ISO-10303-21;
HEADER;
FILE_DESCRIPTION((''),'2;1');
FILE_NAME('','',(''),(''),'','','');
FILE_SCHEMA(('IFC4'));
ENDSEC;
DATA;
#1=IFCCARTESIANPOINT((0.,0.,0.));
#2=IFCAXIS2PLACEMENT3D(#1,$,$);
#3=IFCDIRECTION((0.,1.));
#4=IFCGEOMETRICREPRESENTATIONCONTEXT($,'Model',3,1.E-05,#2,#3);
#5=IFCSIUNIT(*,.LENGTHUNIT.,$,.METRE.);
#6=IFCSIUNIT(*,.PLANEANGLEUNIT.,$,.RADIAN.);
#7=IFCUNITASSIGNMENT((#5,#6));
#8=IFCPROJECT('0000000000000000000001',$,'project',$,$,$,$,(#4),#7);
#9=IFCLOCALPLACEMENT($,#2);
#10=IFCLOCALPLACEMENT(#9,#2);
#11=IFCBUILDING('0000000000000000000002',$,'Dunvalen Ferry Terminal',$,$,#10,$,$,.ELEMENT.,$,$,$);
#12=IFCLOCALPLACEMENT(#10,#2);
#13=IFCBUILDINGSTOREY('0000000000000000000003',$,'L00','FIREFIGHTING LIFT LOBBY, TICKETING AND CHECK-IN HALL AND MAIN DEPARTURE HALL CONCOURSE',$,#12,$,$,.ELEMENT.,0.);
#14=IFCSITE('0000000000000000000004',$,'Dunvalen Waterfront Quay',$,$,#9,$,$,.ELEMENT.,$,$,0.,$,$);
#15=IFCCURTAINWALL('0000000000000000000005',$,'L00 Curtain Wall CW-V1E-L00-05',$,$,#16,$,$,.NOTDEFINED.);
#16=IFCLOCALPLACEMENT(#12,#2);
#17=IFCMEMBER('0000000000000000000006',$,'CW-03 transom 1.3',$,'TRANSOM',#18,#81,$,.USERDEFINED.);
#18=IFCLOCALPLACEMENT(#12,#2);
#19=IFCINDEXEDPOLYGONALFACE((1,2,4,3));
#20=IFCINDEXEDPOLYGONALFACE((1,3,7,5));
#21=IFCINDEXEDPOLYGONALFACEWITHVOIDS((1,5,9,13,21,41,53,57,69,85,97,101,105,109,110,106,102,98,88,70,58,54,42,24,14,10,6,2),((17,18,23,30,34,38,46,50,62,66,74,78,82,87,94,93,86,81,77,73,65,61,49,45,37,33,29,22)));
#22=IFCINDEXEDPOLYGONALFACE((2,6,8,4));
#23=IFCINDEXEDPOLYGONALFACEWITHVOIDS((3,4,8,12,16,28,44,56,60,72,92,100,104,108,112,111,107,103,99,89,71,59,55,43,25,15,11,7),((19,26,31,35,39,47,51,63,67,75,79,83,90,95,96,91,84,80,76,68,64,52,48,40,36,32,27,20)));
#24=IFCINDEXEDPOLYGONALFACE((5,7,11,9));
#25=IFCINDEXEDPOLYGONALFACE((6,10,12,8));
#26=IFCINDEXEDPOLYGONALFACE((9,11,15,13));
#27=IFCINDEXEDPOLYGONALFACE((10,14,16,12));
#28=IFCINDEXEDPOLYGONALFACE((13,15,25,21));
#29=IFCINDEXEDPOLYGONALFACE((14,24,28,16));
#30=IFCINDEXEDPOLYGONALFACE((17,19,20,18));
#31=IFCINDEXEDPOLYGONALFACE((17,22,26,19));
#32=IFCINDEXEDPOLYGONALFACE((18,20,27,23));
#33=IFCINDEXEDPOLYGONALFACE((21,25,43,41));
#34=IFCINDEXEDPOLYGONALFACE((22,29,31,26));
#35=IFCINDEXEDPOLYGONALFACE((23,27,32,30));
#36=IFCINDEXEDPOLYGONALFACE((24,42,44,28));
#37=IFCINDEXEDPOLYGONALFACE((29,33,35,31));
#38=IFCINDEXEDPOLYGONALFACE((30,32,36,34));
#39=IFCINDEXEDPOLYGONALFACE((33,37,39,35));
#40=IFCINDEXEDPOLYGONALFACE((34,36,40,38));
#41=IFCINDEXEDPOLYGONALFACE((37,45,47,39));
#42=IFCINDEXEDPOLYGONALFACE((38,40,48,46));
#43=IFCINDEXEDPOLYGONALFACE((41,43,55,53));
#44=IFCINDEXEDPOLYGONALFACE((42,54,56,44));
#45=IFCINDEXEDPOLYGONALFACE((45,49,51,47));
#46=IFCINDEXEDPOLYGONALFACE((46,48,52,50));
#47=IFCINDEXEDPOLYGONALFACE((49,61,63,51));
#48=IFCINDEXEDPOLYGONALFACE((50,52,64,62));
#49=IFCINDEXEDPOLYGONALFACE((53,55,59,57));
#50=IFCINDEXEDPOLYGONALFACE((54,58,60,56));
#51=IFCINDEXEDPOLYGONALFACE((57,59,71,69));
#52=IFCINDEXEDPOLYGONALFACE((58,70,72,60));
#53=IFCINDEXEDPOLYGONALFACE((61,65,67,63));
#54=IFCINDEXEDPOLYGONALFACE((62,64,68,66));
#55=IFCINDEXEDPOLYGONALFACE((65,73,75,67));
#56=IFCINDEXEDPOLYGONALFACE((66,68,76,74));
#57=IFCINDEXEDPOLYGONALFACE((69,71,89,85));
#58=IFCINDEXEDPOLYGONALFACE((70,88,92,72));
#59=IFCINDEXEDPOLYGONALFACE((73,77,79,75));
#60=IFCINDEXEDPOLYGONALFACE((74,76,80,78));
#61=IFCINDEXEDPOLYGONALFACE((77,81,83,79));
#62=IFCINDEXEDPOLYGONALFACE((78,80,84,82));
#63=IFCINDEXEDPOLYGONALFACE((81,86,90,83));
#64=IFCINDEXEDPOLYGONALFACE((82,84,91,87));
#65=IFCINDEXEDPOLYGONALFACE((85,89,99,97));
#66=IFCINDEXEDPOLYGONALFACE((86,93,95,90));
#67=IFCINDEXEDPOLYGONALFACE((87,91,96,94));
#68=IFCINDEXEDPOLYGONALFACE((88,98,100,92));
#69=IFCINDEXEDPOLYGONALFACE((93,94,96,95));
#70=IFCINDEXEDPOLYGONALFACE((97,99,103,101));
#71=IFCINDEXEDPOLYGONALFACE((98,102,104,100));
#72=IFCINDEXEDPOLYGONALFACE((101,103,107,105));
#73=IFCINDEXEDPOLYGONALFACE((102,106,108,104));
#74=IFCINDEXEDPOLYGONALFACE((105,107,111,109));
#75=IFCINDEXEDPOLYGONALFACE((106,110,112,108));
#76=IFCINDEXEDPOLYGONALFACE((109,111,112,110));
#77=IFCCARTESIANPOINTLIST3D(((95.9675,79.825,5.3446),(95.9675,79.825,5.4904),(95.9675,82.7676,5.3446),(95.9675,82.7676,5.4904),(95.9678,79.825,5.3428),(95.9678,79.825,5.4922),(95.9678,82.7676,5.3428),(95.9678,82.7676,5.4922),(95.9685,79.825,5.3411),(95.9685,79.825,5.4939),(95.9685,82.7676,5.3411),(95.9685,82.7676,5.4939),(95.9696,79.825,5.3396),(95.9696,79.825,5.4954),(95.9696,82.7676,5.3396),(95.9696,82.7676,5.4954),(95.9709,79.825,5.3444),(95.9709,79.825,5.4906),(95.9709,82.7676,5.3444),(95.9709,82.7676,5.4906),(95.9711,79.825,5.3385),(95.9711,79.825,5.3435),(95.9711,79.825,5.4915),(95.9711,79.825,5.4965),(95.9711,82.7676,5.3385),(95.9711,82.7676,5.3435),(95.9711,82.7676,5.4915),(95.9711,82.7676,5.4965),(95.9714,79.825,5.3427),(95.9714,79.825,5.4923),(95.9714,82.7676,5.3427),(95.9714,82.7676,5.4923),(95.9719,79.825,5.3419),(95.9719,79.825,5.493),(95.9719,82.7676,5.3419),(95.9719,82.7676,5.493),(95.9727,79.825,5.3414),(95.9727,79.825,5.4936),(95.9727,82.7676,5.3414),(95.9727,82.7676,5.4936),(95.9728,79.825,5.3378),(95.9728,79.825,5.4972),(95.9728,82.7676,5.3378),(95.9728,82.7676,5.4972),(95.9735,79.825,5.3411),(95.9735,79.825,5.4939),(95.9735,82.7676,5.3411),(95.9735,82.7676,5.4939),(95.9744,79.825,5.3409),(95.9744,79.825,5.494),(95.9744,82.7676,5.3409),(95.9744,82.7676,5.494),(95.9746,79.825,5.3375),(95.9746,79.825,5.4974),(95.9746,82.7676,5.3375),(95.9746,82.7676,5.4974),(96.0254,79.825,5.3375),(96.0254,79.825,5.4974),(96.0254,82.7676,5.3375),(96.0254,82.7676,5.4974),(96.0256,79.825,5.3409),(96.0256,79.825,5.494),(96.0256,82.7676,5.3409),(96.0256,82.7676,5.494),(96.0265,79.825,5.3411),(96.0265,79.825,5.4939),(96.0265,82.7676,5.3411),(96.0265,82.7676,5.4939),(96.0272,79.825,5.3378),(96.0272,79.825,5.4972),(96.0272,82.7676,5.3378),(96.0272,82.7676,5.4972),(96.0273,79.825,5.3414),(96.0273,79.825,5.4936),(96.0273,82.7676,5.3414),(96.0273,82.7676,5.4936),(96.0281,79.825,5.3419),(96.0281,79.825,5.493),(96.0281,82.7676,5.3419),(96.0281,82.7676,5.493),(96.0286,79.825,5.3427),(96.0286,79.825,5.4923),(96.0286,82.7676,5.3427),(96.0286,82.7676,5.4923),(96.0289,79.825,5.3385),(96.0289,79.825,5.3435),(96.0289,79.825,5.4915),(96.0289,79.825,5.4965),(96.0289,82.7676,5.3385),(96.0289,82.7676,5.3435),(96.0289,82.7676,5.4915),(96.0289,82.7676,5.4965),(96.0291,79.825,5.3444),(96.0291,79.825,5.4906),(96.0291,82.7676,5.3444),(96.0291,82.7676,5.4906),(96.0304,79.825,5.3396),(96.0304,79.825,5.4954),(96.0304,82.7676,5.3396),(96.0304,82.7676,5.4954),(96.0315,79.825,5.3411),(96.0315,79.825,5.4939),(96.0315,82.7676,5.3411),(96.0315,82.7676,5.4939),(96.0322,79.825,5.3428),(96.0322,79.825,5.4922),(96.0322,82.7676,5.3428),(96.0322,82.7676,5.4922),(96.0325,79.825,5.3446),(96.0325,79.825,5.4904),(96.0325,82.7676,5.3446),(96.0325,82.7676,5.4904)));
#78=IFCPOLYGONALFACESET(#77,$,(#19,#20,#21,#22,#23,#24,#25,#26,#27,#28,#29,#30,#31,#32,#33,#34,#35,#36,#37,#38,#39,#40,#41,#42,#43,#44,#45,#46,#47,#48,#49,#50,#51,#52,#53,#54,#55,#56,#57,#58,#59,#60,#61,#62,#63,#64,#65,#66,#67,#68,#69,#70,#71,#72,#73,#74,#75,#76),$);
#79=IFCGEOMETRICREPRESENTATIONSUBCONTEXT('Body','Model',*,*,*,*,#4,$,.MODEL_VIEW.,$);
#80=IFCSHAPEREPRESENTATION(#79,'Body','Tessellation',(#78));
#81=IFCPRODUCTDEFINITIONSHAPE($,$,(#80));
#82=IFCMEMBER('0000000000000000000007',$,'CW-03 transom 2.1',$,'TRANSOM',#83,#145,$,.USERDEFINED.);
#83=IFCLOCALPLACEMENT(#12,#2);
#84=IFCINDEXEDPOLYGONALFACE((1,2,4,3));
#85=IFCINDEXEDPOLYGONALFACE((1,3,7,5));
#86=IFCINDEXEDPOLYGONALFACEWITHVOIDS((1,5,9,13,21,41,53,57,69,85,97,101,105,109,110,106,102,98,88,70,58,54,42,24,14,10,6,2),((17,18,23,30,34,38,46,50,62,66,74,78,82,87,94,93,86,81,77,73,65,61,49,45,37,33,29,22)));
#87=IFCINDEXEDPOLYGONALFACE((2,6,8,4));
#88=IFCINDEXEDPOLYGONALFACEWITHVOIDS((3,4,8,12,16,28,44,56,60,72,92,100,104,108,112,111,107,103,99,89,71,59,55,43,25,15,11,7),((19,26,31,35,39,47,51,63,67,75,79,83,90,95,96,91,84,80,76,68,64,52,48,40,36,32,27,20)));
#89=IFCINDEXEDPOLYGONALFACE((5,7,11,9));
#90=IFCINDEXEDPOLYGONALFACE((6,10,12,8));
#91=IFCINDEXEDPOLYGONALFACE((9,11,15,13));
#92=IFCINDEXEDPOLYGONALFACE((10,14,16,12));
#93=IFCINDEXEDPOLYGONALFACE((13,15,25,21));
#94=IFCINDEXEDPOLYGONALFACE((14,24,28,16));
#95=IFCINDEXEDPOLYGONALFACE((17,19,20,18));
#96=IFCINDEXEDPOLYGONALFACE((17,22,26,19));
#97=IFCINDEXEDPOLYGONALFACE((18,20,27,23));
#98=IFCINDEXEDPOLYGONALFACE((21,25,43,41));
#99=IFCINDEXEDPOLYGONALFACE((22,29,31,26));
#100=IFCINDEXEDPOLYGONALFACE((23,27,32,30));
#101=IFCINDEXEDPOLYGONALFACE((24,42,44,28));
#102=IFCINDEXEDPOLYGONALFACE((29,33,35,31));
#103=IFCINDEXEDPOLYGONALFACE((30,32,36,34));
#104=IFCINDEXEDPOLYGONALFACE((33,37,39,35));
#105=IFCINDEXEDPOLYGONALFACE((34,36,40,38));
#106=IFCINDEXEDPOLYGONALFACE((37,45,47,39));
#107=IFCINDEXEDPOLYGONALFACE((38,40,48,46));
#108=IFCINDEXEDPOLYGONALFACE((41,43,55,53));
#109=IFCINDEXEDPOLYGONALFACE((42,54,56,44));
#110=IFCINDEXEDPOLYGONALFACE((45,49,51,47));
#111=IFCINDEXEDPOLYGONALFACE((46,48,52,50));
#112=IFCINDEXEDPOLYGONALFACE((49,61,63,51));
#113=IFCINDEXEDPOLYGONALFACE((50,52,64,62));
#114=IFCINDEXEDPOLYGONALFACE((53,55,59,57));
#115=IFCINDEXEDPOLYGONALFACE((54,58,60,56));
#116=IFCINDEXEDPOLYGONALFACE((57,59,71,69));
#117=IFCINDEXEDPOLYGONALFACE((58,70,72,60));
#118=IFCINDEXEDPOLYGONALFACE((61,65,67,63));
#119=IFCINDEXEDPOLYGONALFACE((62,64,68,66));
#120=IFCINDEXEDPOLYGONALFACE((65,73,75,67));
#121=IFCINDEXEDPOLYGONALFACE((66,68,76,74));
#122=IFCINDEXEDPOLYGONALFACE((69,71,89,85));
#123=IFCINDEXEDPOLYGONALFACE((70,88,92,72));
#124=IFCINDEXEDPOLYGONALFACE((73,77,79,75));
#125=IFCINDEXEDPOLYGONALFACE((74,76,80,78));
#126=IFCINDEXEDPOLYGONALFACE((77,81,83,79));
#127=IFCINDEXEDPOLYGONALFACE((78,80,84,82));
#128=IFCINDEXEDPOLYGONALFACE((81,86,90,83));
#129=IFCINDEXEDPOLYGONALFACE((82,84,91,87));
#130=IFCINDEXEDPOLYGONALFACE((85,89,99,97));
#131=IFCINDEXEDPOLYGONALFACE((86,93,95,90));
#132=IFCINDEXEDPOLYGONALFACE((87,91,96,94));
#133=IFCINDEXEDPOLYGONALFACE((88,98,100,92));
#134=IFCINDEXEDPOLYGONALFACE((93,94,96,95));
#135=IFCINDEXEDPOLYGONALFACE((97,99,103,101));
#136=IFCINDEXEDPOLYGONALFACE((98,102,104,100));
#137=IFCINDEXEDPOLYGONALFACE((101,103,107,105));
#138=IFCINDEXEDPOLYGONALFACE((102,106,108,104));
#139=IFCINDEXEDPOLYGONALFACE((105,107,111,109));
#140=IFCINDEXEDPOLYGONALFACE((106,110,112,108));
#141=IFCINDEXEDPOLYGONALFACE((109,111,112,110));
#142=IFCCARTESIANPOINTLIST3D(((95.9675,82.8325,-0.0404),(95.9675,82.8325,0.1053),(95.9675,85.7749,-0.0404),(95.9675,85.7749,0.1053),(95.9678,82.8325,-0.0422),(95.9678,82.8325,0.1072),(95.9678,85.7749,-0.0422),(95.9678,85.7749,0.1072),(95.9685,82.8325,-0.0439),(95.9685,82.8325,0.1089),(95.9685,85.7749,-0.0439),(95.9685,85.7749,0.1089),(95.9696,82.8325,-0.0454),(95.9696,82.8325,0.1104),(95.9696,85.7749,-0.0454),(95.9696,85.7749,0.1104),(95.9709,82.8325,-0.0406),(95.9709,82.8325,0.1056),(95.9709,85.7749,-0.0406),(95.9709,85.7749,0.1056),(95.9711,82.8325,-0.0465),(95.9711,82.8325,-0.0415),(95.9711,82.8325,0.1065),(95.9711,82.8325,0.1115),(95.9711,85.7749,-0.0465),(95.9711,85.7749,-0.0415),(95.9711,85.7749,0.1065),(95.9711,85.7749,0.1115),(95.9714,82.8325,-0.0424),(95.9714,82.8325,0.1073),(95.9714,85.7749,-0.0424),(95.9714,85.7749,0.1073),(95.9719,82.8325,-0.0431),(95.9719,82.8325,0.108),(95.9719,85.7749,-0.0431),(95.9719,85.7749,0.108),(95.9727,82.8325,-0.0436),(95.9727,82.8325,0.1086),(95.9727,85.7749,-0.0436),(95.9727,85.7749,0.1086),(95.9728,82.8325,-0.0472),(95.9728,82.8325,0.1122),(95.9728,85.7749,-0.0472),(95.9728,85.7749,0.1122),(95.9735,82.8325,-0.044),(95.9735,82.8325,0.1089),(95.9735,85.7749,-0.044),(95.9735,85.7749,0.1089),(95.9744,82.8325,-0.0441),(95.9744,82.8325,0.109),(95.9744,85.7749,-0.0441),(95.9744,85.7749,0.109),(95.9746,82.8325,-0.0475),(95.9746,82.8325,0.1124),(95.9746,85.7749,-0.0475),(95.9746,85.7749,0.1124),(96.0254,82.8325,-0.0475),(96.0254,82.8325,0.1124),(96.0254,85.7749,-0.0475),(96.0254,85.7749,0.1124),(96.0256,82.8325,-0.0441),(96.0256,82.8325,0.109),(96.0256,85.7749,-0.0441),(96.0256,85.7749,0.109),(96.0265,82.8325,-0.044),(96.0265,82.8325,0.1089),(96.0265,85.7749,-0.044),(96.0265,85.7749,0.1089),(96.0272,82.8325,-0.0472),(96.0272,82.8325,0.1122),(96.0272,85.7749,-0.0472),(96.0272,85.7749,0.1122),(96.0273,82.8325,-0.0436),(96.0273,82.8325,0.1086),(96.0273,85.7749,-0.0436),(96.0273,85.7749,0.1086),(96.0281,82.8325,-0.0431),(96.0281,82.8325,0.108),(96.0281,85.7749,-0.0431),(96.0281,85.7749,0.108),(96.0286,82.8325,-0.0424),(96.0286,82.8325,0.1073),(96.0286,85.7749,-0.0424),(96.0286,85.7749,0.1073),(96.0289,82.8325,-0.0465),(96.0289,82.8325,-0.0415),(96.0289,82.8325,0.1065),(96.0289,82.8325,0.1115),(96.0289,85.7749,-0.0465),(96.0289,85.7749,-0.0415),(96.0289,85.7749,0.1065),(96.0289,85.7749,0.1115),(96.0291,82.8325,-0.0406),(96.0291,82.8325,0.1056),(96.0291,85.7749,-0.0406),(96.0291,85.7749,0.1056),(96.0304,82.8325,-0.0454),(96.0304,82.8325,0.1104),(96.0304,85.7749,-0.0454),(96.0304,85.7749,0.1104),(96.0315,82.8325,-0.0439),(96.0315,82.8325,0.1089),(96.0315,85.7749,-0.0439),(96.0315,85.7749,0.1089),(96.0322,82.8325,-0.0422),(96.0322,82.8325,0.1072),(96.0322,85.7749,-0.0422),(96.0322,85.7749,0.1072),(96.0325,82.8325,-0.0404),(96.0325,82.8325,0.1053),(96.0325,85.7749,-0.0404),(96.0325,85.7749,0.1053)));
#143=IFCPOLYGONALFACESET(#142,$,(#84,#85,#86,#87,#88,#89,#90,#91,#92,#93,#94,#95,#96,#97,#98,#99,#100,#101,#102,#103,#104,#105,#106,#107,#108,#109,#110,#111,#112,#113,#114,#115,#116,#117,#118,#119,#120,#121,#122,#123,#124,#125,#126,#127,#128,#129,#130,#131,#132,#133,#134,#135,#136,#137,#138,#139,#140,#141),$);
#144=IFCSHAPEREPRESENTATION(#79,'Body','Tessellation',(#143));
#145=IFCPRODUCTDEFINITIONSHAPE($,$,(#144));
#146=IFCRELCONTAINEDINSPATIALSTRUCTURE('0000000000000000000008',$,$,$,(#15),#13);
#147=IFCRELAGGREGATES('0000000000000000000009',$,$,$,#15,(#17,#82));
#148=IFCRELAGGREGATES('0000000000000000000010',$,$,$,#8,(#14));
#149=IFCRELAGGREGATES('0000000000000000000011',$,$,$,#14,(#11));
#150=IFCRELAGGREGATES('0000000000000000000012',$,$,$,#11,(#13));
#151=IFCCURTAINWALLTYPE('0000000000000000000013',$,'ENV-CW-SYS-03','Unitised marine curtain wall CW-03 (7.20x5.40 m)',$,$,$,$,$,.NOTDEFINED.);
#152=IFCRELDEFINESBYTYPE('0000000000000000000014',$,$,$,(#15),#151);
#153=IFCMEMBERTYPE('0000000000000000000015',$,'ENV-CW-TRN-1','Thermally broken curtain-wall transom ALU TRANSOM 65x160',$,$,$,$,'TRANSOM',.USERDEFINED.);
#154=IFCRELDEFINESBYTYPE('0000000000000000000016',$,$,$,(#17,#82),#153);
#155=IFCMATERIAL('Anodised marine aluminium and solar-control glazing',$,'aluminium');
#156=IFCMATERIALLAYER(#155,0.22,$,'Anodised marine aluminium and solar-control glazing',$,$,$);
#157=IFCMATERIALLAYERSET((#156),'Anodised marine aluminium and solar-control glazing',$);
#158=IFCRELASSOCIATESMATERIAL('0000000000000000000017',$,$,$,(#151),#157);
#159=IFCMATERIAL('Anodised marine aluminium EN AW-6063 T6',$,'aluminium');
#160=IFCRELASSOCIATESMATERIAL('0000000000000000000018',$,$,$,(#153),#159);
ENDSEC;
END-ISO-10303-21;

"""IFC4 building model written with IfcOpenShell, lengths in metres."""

from ifc_helpers import new_model, si_unit, direction, frame, origin, origin_2d, place, context, subcontext, project, spatial, hollow_rectangle, extrude, material, layer, layer_set, material_profile, profile_set, type_object, element, aggregate, save


model = new_model("IFC4")

# Units and contexts
model_context = context("Model", 3, precision=1e-05, world=origin(), true_north=direction((0.0, 1.0)))
body_context = subcontext(model_context, "Body", "Model", "MODEL_VIEW")
ifc_project = project(units=[si_unit("LENGTHUNIT", "METRE"), si_unit("PLANEANGLEUNIT", "RADIAN")], contexts=[model_context])

# Site, building, storey
site_placement = place(None, origin())
site = spatial("IfcSite", under=ifc_project, at=site_placement, Name="Dunvalen Waterfront Quay", CompositionType="ELEMENT", RefElevation=0.0)
building_placement = place(site_placement, origin())
building = spatial("IfcBuilding", under=site, at=building_placement, Name="Dunvalen Ferry Terminal", CompositionType="ELEMENT")
storey_placement = place(building_placement, origin())
storey = spatial("IfcBuildingStorey", under=building, at=storey_placement, Name="L00", Description="FIREFIGHTING LIFT LOBBY, TICKETING AND CHECK-IN HALL AND MAIN DEPARTURE HALL CONCOURSE", CompositionType="ELEMENT", Elevation=0.0)

# Shared definitions
ifc_material_1 = material(Name="Anodised marine aluminium and solar-control glazing", Category="aluminium")
ifc_layer_1 = layer(ifc_material_1, 0.22, Name="Anodised marine aluminium and solar-control glazing")
ifc_layer_set_1 = layer_set([ifc_layer_1], Name="Anodised marine aluminium and solar-control glazing")
curtain_wall_type = type_object("IfcCurtainWallType", Name="ENV-CW-SYS-03", Description="Unitised marine curtain wall CW-03 (7.20x5.40 m)", PredefinedType="NOTDEFINED", material=ifc_layer_set_1)
ifc_material_2 = material(Name="Anodised marine aluminium EN AW-6063 T6", Category="aluminium")

# Curtain wall, members
curtain_wall_1_placement = place(storey_placement, origin())
curtain_wall_1 = element("IfcCurtainWall", 1, at=curtain_wall_1_placement, inside=storey, type_object=curtain_wall_type, Name="L00 Curtain Wall CW-V1E-L00-05", PredefinedType="NOTDEFINED")
ifc_material_profile_1 = material_profile(ifc_material_2, hollow_rectangle(XDim=0.0649, YDim=0.1599, WallThickness=0.0034, InnerFilletRadius=0.0034, OuterFilletRadius=0.0071, at=origin_2d()), Name="Anodised marine aluminium EN AW-6063 T6")
ifc_profile_set_1 = profile_set([ifc_material_profile_1], Name="Anodised marine aluminium EN AW-6063 T6")
member_type_1 = type_object("IfcMemberType", Name="ENV-CW-TRN-1", Description="Thermally broken curtain-wall transom ALU TRANSOM 65x160", ElementType="TRANSOM", PredefinedType="USERDEFINED", material=ifc_profile_set_1)
member_1_placement = place(storey_placement, frame((96.0, 79.825, 5.4175), z_axis=(0.0, 1.0, 0.0), x_axis=(-1.0, 0.0, 0.0)))
member_1 = element("IfcMember", 2, at=member_1_placement, type_object=member_type_1, Name="CW-03 transom 1.3", ObjectType="TRANSOM", PredefinedType="USERDEFINED", context=body_context, shape_type="SweptSolid", body=[
    extrude(hollow_rectangle(XDim=0.0649, YDim=0.1599, WallThickness=0.0034, InnerFilletRadius=0.0034, OuterFilletRadius=0.0071, at=origin_2d()), origin(), (0.0, 0.0, 1.0), 2.9426),
])
member_2_placement = place(storey_placement, frame((96.0, 82.8325, 0.0325), z_axis=(0.0, 1.0, 0.0), x_axis=(-1.0, 0.0, 0.0)))
member_2 = element("IfcMember", 3, at=member_2_placement, type_object=member_type_1, Name="CW-03 transom 2.1", ObjectType="TRANSOM", PredefinedType="USERDEFINED", context=body_context, shape_type="SweptSolid", body=[
    extrude(hollow_rectangle(XDim=0.0649, YDim=0.1599, WallThickness=0.0034, InnerFilletRadius=0.0034, OuterFilletRadius=0.0071, at=origin_2d()), origin(), (0.0, 0.0, 1.0), 2.9424),
])

aggregate(curtain_wall_1, [member_1, member_2])

save(model, "model.ifc")
